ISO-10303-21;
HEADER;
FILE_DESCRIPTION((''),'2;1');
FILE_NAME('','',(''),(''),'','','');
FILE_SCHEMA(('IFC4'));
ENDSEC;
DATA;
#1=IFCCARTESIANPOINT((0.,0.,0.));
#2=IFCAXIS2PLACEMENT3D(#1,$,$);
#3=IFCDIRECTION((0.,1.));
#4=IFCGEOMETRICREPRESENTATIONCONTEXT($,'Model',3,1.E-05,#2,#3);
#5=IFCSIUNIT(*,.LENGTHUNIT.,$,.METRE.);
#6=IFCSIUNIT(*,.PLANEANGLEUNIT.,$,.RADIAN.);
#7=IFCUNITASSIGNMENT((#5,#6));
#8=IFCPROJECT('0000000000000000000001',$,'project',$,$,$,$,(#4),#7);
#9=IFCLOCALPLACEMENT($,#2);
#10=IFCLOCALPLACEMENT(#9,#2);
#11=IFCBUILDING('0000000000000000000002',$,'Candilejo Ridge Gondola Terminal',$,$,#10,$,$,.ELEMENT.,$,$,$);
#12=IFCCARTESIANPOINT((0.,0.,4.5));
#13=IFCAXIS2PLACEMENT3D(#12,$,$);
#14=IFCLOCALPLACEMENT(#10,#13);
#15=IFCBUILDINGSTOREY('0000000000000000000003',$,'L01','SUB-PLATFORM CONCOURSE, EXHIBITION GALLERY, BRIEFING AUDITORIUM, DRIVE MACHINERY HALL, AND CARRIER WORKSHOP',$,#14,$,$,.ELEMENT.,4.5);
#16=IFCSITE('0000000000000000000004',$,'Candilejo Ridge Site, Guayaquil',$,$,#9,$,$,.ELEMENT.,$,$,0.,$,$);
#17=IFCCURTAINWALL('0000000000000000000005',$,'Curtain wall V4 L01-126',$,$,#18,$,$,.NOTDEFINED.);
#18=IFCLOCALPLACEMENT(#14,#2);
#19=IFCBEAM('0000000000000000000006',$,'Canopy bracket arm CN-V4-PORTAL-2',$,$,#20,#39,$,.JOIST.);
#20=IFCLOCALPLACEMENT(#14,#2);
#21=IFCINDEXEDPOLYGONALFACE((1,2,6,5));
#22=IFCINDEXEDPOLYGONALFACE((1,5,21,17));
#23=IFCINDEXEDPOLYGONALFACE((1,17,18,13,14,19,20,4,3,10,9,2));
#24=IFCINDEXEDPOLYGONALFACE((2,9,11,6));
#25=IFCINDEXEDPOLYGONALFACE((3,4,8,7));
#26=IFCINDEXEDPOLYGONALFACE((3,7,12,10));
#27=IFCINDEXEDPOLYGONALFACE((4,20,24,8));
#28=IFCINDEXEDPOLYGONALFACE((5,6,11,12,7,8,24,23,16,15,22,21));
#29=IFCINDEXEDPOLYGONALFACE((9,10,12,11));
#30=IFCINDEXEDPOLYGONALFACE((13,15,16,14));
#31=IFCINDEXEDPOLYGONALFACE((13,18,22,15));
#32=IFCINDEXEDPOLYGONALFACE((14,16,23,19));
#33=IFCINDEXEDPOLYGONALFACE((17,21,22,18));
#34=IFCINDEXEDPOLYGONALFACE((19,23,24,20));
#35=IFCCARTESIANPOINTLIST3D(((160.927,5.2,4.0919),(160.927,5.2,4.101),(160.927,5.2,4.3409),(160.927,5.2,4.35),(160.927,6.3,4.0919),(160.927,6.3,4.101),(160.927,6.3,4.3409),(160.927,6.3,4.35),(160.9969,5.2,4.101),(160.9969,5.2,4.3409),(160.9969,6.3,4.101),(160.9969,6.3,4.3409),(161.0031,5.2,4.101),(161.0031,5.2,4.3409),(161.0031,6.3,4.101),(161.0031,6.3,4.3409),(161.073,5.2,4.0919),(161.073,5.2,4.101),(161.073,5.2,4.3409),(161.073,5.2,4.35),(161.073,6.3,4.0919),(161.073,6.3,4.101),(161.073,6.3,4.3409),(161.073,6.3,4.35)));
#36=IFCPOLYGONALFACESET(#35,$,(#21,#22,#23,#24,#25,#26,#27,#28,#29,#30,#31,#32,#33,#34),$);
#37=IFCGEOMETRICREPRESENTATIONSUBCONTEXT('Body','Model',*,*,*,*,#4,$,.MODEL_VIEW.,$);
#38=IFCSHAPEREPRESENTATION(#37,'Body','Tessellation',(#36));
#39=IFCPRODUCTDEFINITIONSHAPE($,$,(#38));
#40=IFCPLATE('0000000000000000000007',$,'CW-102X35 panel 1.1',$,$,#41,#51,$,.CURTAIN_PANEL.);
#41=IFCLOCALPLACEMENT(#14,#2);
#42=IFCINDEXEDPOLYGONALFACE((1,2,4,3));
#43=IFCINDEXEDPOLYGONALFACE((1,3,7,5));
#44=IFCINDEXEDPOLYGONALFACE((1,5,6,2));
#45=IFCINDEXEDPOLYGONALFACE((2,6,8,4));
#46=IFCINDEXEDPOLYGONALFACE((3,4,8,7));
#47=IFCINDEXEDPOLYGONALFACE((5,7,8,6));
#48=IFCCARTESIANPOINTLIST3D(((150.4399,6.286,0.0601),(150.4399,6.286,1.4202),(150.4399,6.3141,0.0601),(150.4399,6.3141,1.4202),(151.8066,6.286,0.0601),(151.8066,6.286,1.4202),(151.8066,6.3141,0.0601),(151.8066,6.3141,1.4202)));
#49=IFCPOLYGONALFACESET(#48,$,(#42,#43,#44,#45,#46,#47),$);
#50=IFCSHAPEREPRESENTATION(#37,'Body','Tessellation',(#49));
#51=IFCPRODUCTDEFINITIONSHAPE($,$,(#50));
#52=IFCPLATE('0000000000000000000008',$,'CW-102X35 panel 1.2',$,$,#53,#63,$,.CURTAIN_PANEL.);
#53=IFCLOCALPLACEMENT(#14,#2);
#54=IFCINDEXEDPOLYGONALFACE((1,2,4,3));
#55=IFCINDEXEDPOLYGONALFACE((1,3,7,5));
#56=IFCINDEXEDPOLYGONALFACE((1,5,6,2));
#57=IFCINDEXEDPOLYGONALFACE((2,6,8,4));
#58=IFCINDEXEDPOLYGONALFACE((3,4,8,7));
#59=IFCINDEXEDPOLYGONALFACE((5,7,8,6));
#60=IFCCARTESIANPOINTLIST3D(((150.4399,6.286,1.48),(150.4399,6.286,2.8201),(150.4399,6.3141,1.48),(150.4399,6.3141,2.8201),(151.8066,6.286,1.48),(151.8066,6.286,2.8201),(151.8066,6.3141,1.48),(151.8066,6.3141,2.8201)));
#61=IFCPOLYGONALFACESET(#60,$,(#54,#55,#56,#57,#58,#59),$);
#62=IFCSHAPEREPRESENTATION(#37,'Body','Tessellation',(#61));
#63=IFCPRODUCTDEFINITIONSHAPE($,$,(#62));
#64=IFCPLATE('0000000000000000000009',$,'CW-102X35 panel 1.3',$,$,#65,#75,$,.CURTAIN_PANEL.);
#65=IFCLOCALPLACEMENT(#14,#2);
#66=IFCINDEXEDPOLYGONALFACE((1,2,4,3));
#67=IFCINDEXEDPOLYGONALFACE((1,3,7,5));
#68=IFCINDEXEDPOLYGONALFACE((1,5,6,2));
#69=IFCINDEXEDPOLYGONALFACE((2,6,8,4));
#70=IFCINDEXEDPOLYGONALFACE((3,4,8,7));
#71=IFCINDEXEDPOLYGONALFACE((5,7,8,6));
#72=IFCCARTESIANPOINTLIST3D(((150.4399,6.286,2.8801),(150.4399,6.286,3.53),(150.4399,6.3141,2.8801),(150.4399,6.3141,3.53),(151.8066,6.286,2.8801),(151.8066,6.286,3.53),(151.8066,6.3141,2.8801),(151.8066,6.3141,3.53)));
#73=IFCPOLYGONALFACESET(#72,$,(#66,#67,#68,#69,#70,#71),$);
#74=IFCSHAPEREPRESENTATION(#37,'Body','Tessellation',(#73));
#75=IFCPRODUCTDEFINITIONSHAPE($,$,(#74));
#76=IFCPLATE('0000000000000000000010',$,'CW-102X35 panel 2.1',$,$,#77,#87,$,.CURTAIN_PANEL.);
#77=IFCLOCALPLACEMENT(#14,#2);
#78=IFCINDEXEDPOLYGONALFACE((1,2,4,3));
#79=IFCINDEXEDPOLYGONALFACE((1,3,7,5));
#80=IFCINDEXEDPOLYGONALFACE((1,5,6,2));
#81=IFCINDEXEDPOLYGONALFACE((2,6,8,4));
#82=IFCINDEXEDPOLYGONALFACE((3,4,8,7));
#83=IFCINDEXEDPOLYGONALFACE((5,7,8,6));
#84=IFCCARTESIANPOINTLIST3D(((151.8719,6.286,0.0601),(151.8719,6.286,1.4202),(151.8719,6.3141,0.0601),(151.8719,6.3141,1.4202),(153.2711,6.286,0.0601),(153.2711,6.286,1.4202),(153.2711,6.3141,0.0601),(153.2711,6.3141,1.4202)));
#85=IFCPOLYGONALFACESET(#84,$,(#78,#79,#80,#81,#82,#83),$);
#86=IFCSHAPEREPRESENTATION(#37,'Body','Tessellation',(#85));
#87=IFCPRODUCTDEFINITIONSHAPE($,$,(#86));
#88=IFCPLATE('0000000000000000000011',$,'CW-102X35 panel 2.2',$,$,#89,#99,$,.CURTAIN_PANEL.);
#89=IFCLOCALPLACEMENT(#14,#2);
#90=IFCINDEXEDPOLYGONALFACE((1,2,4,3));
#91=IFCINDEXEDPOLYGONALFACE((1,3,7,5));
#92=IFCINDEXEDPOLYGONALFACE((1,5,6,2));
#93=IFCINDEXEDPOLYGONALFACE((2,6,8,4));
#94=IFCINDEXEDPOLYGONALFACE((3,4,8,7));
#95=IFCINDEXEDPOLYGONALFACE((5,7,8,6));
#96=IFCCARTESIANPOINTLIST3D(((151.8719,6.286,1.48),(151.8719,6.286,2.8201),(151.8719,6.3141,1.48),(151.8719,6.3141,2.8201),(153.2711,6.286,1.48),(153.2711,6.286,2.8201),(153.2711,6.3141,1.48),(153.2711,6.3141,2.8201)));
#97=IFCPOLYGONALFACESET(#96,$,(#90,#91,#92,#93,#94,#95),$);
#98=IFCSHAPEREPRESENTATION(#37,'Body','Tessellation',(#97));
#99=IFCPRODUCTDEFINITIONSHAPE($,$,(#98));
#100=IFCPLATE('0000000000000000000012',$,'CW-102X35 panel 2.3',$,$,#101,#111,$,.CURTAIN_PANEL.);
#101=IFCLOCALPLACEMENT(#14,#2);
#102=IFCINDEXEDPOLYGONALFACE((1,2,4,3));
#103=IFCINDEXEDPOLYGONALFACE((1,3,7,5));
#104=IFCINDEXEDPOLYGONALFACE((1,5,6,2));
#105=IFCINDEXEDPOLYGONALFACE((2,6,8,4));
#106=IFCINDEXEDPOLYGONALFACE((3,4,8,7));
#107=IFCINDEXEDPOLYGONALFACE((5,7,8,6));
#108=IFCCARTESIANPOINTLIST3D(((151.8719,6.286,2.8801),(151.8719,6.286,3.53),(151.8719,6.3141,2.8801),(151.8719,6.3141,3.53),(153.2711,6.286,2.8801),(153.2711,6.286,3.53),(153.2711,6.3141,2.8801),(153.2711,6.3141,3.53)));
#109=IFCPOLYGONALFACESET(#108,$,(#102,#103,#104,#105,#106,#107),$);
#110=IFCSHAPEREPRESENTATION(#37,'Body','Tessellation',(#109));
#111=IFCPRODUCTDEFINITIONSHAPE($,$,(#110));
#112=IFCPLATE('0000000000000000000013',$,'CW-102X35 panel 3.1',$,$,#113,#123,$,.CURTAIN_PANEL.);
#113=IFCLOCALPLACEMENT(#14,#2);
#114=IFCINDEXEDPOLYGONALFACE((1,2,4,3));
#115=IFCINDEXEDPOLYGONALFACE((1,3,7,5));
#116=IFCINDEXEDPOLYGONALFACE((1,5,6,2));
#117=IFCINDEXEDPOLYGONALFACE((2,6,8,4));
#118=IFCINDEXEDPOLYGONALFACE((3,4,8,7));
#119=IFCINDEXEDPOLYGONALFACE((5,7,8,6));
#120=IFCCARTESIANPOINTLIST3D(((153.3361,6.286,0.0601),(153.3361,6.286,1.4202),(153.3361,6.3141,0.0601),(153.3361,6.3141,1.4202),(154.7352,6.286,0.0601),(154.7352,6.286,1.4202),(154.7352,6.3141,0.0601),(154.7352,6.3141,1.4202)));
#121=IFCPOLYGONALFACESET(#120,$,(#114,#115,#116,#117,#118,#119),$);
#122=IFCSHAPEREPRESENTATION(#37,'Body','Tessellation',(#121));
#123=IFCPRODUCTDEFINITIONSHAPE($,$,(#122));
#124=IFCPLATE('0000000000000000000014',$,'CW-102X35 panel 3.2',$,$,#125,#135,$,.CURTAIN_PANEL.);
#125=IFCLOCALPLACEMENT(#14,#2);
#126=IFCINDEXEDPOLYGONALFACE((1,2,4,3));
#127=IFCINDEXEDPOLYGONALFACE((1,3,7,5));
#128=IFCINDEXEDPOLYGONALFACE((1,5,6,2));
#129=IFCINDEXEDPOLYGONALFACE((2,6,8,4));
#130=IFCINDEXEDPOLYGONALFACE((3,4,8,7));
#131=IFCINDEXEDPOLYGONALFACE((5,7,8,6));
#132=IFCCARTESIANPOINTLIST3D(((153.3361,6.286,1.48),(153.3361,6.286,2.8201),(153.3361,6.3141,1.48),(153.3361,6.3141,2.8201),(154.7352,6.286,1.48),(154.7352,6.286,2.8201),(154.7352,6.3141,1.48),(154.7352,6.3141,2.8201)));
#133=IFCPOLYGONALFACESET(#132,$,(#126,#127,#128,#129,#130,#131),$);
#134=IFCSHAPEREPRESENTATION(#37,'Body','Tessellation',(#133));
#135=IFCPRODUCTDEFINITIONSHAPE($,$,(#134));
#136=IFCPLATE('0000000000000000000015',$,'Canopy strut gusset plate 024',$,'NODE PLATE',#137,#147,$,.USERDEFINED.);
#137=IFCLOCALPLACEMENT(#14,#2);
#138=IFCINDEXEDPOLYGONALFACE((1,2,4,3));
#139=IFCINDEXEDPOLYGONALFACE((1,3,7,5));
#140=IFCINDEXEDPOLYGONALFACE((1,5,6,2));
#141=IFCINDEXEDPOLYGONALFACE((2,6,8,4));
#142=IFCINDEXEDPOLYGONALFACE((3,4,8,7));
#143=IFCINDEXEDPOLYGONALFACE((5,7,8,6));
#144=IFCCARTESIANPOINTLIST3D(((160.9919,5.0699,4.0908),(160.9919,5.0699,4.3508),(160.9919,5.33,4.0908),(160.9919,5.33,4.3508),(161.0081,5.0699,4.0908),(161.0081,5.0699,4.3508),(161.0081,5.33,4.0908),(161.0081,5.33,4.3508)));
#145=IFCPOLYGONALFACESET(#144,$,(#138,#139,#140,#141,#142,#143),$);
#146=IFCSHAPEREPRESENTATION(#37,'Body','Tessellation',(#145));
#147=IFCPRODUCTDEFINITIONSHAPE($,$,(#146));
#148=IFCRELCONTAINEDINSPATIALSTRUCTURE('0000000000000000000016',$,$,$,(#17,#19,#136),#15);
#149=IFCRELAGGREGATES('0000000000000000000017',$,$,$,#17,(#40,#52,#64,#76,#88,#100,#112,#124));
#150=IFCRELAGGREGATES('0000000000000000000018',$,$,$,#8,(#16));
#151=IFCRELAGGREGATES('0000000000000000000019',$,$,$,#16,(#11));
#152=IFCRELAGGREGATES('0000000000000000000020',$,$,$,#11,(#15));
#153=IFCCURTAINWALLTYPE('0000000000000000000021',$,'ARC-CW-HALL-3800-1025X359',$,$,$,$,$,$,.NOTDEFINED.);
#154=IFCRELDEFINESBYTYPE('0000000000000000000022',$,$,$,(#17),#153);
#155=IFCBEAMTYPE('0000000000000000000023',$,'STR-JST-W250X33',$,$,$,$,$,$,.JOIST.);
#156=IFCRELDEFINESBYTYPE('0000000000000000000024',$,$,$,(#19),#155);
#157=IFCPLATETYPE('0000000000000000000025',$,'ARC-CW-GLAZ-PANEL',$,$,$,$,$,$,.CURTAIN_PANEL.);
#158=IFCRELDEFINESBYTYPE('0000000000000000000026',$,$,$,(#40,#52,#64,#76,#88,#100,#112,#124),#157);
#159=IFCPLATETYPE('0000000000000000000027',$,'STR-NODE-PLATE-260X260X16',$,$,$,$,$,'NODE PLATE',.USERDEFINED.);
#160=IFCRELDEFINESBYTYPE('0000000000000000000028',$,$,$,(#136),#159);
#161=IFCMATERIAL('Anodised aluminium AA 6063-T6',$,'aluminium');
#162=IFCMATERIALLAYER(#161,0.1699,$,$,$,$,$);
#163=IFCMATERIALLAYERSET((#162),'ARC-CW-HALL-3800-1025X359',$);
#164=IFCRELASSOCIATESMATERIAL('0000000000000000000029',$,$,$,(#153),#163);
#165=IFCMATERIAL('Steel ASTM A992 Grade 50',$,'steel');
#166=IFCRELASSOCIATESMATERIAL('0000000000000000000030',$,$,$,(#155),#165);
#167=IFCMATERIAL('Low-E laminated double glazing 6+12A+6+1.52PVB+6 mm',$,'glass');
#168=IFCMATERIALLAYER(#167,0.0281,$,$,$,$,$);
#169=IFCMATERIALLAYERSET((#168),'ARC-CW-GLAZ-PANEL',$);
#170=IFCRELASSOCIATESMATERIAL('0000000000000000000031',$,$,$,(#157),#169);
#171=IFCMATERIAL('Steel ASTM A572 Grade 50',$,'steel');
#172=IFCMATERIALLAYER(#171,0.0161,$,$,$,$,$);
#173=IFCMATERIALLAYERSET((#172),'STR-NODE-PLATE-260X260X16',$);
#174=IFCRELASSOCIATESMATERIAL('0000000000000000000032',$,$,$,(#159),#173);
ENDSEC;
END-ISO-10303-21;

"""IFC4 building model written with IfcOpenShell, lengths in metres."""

from ifc_helpers import new_model, si_unit, direction, frame, origin, origin_2d, place, context, subcontext, project, spatial, rectangle, i_section, extrude, material, layer, layer_set, material_profile, profile_set, type_object, element, aggregate, save


model = new_model("IFC4")

# Units and contexts
model_context = context("Model", 3, precision=1e-05, world=origin(), true_north=direction((0.0, 1.0)))
body_context = subcontext(model_context, "Body", "Model", "MODEL_VIEW")
ifc_project = project(units=[si_unit("LENGTHUNIT", "METRE"), si_unit("PLANEANGLEUNIT", "RADIAN")], contexts=[model_context])

# Site, building, storey
site_placement = place(None, origin())
site = spatial("IfcSite", under=ifc_project, at=site_placement, Name="Candilejo Ridge Site, Guayaquil", CompositionType="ELEMENT", RefElevation=0.0)
building_placement = place(site_placement, origin())
building = spatial("IfcBuilding", under=site, at=building_placement, Name="Candilejo Ridge Gondola Terminal", CompositionType="ELEMENT")
storey_placement = place(building_placement, frame((0.0, 0.0, 4.5)))
storey = spatial("IfcBuildingStorey", under=building, at=storey_placement, Name="L01", Description="SUB-PLATFORM CONCOURSE, EXHIBITION GALLERY, BRIEFING AUDITORIUM, DRIVE MACHINERY HALL, AND CARRIER WORKSHOP", CompositionType="ELEMENT", Elevation=4.5)

# Curtain wall
ifc_material_1 = material(Name="Anodised aluminium AA 6063-T6", Category="aluminium")
ifc_layer_1 = layer(ifc_material_1, 0.1699)
ifc_layer_set_1 = layer_set([ifc_layer_1], Name="ARC-CW-HALL-3800-1025X359")
curtain_wall_type = type_object("IfcCurtainWallType", Name="ARC-CW-HALL-3800-1025X359", PredefinedType="NOTDEFINED", material=ifc_layer_set_1)
curtain_wall_placement = place(storey_placement, origin())
curtain_wall = element("IfcCurtainWall", 1, at=curtain_wall_placement, inside=storey, type_object=curtain_wall_type, Name="Curtain wall V4 L01-126", PredefinedType="NOTDEFINED")

# Beam
ifc_material_2 = material(Name="Steel ASTM A992 Grade 50", Category="steel")
ifc_material_profile_1 = material_profile(ifc_material_2, i_section(OverallWidth=0.146, OverallDepth=0.2581, WebThickness=0.0061, FlangeThickness=0.009, at=origin_2d()))
ifc_profile_set_1 = profile_set([ifc_material_profile_1], Name="Steel ASTM A992 Grade 50")
beam_type = type_object("IfcBeamType", Name="STR-JST-W250X33", PredefinedType="JOIST", material=ifc_profile_set_1)
beam_placement = place(storey_placement, frame((161.0, 5.2, 4.2209), z_axis=(0.0, 1.0, 0.0), x_axis=(-1.0, 0.0, 0.0)))
element("IfcBeam", 2, at=beam_placement, inside=storey, type_object=beam_type, Name="Canopy bracket arm CN-V4-PORTAL-2", PredefinedType="JOIST", context=body_context, shape_type="SweptSolid", body=[
    extrude(i_section(OverallWidth=0.146, OverallDepth=0.2581, WebThickness=0.0061, FlangeThickness=0.009, at=origin_2d()), origin(), (0.0, 0.0, 1.0), 1.1001),
])

# Plates
ifc_material_3 = material(Name="Low-E laminated double glazing 6+12A+6+1.52PVB+6 mm", Category="glass")
ifc_layer_2 = layer(ifc_material_3, 0.0281)
ifc_layer_set_2 = layer_set([ifc_layer_2], Name="ARC-CW-GLAZ-PANEL")
plate_type_1 = type_object("IfcPlateType", Name="ARC-CW-GLAZ-PANEL", PredefinedType="CURTAIN_PANEL", material=ifc_layer_set_2)
plate_1_placement = place(storey_placement, frame((151.1233, 6.3, 0.0601), z_axis=(0.0, 0.0, 1.0), x_axis=(1.0, 0.0, 0.0)))
plate_1 = element("IfcPlate", 3, at=plate_1_placement, type_object=plate_type_1, Name="CW-102X35 panel 1.1", PredefinedType="CURTAIN_PANEL", context=body_context, shape_type="SweptSolid", body=[
    extrude(rectangle(XDim=1.3667, YDim=0.0281, at=origin_2d()), origin(), (0.0, 0.0, 1.0), 1.3601),
])
plate_2_placement = place(storey_placement, frame((151.1233, 6.3, 1.48), z_axis=(0.0, 0.0, 1.0), x_axis=(1.0, 0.0, 0.0)))
plate_2 = element("IfcPlate", 4, at=plate_2_placement, type_object=plate_type_1, Name="CW-102X35 panel 1.2", PredefinedType="CURTAIN_PANEL", context=body_context, shape_type="SweptSolid", body=[
    extrude(rectangle(XDim=1.3667, YDim=0.0281, at=origin_2d()), origin(), (0.0, 0.0, 1.0), 1.3401),
])
plate_3_placement = place(storey_placement, frame((151.1233, 6.3, 2.8801), z_axis=(0.0, 0.0, 1.0), x_axis=(1.0, 0.0, 0.0)))
plate_3 = element("IfcPlate", 5, at=plate_3_placement, type_object=plate_type_1, Name="CW-102X35 panel 1.3", PredefinedType="CURTAIN_PANEL", context=body_context, shape_type="SweptSolid", body=[
    extrude(rectangle(XDim=1.3667, YDim=0.0281, at=origin_2d()), origin(), (0.0, 0.0, 1.0), 0.6499),
])
plate_4_placement = place(storey_placement, frame((152.5715, 6.3, 0.0601), z_axis=(0.0, 0.0, 1.0), x_axis=(1.0, 0.0, 0.0)))
plate_4 = element("IfcPlate", 6, at=plate_4_placement, type_object=plate_type_1, Name="CW-102X35 panel 2.1", PredefinedType="CURTAIN_PANEL", context=body_context, shape_type="SweptSolid", body=[
    extrude(rectangle(XDim=1.3992, YDim=0.0281, at=origin_2d()), origin(), (0.0, 0.0, 1.0), 1.3601),
])
plate_5_placement = place(storey_placement, frame((152.5715, 6.3, 1.48), z_axis=(0.0, 0.0, 1.0), x_axis=(1.0, 0.0, 0.0)))
plate_5 = element("IfcPlate", 7, at=plate_5_placement, type_object=plate_type_1, Name="CW-102X35 panel 2.2", PredefinedType="CURTAIN_PANEL", context=body_context, shape_type="SweptSolid", body=[
    extrude(rectangle(XDim=1.3992, YDim=0.0281, at=origin_2d()), origin(), (0.0, 0.0, 1.0), 1.3401),
])
plate_6_placement = place(storey_placement, frame((152.5715, 6.3, 2.8801), z_axis=(0.0, 0.0, 1.0), x_axis=(1.0, 0.0, 0.0)))
plate_6 = element("IfcPlate", 8, at=plate_6_placement, type_object=plate_type_1, Name="CW-102X35 panel 2.3", PredefinedType="CURTAIN_PANEL", context=body_context, shape_type="SweptSolid", body=[
    extrude(rectangle(XDim=1.3992, YDim=0.0281, at=origin_2d()), origin(), (0.0, 0.0, 1.0), 0.6499),
])
plate_7_placement = place(storey_placement, frame((154.0356, 6.3, 0.0601), z_axis=(0.0, 0.0, 1.0), x_axis=(1.0, 0.0, 0.0)))
plate_7 = element("IfcPlate", 9, at=plate_7_placement, type_object=plate_type_1, Name="CW-102X35 panel 3.1", PredefinedType="CURTAIN_PANEL", context=body_context, shape_type="SweptSolid", body=[
    extrude(rectangle(XDim=1.3992, YDim=0.0281, at=origin_2d()), origin(), (0.0, 0.0, 1.0), 1.3601),
])
plate_8_placement = place(storey_placement, frame((154.0356, 6.3, 1.48), z_axis=(0.0, 0.0, 1.0), x_axis=(1.0, 0.0, 0.0)))
plate_8 = element("IfcPlate", 10, at=plate_8_placement, type_object=plate_type_1, Name="CW-102X35 panel 3.2", PredefinedType="CURTAIN_PANEL", context=body_context, shape_type="SweptSolid", body=[
    extrude(rectangle(XDim=1.3992, YDim=0.0281, at=origin_2d()), origin(), (0.0, 0.0, 1.0), 1.3401),
])
aggregate(curtain_wall, [plate_1, plate_2, plate_3, plate_4, plate_5, plate_6, plate_7, plate_8])
ifc_material_4 = material(Name="Steel ASTM A572 Grade 50", Category="steel")
ifc_layer_3 = layer(ifc_material_4, 0.0161)
ifc_layer_set_3 = layer_set([ifc_layer_3], Name="STR-NODE-PLATE-260X260X16")
plate_type_2 = type_object("IfcPlateType", Name="STR-NODE-PLATE-260X260X16", ElementType="NODE PLATE", PredefinedType="USERDEFINED", material=ifc_layer_set_3)
plate_9_placement = place(storey_placement, frame((161.0, 5.2, 4.0908), z_axis=(0.0, 0.0, 1.0), x_axis=(1.0, 0.0, 0.0)))
element("IfcPlate", 11, at=plate_9_placement, inside=storey, type_object=plate_type_2, Name="Canopy strut gusset plate 024", ObjectType="NODE PLATE", PredefinedType="USERDEFINED", context=body_context, shape_type="SweptSolid", body=[
    extrude(rectangle(XDim=0.0161, YDim=0.26, at=origin_2d()), origin(), (0.0, 0.0, 1.0), 0.26),
])

save(model, "model.ifc")
